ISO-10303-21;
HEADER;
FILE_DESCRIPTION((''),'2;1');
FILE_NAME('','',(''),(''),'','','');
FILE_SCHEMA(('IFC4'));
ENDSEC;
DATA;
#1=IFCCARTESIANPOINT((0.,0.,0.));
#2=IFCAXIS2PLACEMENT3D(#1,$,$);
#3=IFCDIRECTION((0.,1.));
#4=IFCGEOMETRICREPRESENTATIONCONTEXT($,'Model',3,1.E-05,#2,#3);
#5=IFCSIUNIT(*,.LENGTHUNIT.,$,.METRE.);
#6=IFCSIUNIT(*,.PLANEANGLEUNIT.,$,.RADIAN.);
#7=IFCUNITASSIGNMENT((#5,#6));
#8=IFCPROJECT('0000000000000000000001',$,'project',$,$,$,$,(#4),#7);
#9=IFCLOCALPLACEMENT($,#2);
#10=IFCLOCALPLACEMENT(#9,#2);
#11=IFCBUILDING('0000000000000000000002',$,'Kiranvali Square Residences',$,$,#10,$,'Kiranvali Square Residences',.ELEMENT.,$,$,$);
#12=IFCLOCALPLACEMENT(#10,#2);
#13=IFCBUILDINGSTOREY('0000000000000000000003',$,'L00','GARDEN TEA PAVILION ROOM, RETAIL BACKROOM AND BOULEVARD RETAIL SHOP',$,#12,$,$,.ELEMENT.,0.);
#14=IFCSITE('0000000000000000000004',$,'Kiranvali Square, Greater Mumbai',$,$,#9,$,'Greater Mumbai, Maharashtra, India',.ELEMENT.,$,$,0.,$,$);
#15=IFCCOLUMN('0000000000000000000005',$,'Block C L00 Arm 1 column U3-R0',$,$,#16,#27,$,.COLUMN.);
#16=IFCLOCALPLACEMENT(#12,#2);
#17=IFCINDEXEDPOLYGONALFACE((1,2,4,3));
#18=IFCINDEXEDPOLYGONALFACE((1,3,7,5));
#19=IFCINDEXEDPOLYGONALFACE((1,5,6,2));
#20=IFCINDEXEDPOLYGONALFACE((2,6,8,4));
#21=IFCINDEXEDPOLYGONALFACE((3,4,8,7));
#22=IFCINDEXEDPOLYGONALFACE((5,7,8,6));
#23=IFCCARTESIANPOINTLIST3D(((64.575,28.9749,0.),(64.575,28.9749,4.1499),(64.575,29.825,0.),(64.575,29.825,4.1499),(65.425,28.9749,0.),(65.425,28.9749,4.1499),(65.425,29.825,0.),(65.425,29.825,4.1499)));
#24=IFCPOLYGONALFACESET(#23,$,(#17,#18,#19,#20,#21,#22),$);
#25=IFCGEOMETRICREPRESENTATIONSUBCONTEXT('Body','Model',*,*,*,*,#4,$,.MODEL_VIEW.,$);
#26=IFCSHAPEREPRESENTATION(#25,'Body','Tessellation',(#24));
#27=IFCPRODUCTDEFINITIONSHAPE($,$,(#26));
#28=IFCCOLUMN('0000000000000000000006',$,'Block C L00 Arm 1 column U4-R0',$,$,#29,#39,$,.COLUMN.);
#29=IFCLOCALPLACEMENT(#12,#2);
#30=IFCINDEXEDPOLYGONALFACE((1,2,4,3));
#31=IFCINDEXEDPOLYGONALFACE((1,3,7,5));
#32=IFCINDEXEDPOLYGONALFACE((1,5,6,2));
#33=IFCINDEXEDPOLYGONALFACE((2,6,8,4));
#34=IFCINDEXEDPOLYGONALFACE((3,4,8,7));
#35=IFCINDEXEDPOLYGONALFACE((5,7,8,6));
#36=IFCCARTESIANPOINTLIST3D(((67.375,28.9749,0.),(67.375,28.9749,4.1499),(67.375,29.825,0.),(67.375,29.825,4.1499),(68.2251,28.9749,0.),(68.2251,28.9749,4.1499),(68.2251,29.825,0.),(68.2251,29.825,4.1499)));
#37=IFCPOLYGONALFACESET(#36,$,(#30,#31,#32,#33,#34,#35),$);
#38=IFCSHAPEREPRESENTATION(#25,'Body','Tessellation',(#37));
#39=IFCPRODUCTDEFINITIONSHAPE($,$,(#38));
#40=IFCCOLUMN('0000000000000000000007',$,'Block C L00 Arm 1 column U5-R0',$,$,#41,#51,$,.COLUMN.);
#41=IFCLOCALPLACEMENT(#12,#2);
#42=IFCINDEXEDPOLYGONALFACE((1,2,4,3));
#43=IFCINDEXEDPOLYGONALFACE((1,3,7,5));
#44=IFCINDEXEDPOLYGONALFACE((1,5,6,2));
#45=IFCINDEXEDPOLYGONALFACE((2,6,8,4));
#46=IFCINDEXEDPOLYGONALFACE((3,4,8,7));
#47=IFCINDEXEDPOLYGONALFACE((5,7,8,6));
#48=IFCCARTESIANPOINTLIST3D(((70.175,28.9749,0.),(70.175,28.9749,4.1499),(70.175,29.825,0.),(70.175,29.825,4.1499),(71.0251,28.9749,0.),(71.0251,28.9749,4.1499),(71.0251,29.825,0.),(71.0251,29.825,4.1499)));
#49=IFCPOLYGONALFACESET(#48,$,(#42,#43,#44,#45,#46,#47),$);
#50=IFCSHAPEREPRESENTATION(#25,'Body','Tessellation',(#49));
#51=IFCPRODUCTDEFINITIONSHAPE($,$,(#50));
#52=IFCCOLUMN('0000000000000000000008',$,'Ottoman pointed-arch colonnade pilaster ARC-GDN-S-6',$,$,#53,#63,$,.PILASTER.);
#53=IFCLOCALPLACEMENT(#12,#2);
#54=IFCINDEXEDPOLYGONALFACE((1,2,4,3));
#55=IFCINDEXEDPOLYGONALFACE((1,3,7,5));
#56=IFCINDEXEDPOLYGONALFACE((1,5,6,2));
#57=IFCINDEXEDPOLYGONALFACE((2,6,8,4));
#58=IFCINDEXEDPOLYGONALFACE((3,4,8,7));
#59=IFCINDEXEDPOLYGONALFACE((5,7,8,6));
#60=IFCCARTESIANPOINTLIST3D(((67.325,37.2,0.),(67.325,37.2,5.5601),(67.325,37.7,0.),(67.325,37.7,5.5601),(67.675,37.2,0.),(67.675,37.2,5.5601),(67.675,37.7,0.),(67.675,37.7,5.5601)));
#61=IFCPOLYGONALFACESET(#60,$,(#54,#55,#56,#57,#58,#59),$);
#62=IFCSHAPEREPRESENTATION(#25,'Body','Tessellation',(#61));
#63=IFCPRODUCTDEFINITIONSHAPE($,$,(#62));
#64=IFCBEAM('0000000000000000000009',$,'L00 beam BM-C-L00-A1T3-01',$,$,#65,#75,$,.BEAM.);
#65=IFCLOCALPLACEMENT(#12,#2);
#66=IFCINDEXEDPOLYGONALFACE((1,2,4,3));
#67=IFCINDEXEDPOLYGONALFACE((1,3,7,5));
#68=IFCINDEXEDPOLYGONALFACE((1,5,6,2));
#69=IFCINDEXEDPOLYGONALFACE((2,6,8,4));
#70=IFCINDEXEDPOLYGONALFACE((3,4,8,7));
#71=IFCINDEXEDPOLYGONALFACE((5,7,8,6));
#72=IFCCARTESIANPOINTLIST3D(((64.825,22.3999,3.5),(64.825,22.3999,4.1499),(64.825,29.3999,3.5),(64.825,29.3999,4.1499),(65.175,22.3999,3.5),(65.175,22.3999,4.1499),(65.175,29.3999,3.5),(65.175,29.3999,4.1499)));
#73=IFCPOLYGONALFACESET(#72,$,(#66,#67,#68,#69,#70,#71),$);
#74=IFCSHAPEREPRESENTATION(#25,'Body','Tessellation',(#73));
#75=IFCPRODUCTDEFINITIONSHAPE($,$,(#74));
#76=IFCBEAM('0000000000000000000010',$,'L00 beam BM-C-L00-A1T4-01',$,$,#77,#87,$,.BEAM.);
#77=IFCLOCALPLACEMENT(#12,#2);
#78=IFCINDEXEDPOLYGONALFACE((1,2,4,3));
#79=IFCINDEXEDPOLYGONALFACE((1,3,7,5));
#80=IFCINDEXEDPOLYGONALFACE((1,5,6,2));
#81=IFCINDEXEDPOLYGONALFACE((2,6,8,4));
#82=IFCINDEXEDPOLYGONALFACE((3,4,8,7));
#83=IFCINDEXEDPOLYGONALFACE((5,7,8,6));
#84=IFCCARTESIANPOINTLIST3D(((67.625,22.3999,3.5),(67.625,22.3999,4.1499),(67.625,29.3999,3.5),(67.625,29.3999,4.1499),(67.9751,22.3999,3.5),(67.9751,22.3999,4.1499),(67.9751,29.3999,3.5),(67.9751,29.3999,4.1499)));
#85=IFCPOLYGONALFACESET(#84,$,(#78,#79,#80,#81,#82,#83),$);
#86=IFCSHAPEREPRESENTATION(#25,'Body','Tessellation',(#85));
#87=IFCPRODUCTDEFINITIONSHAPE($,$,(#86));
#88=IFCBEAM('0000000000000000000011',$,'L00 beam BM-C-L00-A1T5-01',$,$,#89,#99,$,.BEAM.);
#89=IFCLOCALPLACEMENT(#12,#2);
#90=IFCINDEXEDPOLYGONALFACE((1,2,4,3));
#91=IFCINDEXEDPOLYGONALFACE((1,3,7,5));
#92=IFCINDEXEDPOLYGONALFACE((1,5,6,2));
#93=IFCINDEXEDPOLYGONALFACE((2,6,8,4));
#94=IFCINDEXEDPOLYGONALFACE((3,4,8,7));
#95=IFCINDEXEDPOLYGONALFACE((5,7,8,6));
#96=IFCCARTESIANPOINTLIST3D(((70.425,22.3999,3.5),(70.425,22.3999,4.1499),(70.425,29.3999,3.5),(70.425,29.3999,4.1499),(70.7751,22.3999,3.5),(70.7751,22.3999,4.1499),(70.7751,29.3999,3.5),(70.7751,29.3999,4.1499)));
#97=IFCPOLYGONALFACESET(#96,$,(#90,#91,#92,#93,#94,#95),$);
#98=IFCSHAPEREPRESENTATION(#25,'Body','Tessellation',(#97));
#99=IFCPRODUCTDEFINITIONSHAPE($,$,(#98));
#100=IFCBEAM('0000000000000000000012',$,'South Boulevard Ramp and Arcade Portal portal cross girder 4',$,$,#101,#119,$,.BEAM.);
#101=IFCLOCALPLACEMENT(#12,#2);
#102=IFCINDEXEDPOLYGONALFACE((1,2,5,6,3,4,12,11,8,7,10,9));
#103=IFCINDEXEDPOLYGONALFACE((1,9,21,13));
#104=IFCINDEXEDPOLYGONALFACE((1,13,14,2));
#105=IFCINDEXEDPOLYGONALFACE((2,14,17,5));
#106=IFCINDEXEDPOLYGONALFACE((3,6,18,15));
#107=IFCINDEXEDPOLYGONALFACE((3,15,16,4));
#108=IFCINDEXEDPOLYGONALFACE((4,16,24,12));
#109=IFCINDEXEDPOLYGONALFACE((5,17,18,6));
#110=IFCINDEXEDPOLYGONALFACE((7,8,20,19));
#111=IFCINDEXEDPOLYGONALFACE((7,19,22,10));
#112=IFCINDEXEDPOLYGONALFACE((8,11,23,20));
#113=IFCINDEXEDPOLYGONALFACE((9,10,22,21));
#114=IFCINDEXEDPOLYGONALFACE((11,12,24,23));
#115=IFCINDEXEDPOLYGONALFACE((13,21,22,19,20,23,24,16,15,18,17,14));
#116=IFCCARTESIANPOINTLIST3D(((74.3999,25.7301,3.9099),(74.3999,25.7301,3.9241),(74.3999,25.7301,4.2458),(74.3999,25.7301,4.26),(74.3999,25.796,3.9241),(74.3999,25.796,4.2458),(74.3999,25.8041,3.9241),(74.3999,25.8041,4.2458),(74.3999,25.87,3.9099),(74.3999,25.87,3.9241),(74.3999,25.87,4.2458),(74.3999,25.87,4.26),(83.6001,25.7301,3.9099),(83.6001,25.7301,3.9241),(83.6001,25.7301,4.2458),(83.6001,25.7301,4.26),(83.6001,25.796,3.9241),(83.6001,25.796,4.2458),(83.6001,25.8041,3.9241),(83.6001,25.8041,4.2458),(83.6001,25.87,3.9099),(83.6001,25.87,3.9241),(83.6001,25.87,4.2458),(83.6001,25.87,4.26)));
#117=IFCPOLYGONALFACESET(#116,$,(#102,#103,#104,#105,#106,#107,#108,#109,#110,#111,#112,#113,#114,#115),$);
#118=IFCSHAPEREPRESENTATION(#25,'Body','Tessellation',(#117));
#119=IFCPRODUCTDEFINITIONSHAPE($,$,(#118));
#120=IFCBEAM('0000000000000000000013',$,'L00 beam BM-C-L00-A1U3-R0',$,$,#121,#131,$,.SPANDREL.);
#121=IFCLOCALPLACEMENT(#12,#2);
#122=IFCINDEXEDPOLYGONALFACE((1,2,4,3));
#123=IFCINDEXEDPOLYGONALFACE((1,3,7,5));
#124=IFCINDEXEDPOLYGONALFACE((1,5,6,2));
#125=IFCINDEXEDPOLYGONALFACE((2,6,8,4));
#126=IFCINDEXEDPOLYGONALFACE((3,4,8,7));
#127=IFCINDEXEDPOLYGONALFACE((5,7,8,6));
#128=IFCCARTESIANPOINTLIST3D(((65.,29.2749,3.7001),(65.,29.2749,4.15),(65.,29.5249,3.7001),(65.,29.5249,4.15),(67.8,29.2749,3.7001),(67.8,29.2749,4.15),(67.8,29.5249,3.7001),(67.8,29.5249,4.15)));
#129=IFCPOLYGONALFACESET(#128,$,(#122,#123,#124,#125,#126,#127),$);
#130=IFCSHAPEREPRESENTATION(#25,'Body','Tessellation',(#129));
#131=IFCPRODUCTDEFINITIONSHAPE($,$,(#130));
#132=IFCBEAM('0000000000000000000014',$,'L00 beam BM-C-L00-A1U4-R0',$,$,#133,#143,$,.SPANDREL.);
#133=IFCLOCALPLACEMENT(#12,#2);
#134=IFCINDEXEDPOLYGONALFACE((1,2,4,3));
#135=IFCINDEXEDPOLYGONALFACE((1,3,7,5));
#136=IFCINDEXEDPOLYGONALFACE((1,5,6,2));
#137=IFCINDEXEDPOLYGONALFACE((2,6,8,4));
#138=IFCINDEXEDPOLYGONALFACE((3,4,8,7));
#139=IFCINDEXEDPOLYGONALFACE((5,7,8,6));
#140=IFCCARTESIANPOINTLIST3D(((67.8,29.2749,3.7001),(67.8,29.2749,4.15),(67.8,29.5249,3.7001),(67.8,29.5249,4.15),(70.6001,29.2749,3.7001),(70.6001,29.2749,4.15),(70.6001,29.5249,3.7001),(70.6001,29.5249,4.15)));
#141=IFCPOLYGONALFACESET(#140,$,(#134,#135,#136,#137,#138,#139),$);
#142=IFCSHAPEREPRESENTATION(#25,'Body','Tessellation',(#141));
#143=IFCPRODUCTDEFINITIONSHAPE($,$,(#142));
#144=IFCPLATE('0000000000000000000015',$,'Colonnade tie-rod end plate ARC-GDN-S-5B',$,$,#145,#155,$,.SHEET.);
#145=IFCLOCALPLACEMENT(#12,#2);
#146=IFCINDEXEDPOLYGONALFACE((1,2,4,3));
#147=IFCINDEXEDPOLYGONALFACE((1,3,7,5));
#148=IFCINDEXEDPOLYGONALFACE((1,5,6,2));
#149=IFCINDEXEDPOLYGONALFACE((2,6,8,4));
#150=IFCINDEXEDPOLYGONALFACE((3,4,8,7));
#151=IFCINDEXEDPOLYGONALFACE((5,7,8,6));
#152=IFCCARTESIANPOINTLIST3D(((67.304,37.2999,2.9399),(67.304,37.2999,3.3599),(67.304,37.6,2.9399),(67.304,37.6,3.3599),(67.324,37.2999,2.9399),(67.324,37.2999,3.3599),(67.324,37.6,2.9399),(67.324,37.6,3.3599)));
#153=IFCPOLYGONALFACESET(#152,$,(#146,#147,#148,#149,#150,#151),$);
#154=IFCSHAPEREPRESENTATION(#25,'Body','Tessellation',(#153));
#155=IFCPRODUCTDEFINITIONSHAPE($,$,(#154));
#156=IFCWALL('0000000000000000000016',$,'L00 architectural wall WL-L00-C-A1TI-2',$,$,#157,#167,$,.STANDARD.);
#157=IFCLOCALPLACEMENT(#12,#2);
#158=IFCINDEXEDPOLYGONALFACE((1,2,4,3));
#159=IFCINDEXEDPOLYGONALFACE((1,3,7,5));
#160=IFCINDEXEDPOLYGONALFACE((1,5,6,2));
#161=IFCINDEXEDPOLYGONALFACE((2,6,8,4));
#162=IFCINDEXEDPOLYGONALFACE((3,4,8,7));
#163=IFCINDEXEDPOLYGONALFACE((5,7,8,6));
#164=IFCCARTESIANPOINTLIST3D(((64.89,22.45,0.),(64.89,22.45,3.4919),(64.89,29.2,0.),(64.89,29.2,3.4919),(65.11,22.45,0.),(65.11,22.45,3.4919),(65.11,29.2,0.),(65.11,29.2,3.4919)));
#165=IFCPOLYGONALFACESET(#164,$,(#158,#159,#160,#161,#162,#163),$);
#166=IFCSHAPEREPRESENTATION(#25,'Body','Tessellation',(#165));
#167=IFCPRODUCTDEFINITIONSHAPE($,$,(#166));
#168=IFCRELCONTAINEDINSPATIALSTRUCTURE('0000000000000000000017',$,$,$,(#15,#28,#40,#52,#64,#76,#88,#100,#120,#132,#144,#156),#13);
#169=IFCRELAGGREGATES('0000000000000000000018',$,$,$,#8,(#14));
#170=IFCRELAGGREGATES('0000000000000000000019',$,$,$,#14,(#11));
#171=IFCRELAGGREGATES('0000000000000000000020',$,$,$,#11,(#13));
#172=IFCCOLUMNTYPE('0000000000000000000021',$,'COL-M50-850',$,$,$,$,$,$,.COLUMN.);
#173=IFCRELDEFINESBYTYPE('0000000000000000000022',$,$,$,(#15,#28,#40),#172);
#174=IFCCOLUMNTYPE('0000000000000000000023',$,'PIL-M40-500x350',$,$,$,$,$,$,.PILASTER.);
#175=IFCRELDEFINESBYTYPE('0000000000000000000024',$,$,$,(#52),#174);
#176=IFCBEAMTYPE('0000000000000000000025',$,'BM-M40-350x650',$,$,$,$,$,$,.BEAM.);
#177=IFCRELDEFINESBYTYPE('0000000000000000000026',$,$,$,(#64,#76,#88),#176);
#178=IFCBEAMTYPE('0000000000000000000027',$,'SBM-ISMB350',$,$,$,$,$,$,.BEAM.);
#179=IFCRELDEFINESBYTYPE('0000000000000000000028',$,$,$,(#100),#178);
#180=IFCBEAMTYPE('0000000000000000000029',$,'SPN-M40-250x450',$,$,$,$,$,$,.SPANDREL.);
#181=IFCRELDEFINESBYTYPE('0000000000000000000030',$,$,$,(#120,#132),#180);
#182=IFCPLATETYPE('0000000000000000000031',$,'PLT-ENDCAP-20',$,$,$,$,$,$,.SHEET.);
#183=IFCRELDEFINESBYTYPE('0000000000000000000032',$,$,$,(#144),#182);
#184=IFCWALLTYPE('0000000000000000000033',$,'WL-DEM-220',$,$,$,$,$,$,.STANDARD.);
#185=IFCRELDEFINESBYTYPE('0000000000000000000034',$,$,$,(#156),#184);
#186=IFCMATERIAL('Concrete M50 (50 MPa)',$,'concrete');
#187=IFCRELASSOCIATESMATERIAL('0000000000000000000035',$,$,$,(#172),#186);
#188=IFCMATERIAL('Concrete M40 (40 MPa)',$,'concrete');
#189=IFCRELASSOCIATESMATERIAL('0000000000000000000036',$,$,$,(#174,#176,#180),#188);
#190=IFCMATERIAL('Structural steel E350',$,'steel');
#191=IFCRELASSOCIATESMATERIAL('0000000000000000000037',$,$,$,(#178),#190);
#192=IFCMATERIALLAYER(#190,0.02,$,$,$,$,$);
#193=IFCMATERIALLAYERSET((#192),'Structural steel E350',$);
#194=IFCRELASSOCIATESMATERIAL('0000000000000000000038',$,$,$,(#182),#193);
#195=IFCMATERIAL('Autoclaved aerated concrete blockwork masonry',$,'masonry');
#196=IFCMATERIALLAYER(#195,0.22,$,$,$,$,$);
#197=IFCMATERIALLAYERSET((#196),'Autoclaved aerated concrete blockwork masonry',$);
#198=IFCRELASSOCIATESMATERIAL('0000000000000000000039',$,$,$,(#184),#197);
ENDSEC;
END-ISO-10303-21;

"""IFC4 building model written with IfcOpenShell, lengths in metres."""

from ifc_helpers import new_model, si_unit, direction, frame, frame_2d, origin, origin_2d, place, context, subcontext, project, spatial, rectangle, i_section, extrude, material, layer, layer_set, material_profile, profile_set, type_object, element, save


model = new_model("IFC4")

# Units and contexts
model_context = context("Model", 3, precision=1e-05, world=origin(), true_north=direction((0.0, 1.0)))
body_context = subcontext(model_context, "Body", "Model", "MODEL_VIEW")
ifc_project = project(units=[si_unit("LENGTHUNIT", "METRE"), si_unit("PLANEANGLEUNIT", "RADIAN")], contexts=[model_context])

# Site, building, storey
site_placement = place(None, origin())
site = spatial("IfcSite", under=ifc_project, at=site_placement, Name="Kiranvali Square, Greater Mumbai", LongName="Greater Mumbai, Maharashtra, India", CompositionType="ELEMENT", RefElevation=0.0)
building_placement = place(site_placement, origin())
building = spatial("IfcBuilding", under=site, at=building_placement, Name="Kiranvali Square Residences", LongName="Kiranvali Square Residences", CompositionType="ELEMENT")
storey_placement = place(building_placement, origin())
storey = spatial("IfcBuildingStorey", under=building, at=storey_placement, Name="L00", Description="GARDEN TEA PAVILION ROOM, RETAIL BACKROOM AND BOULEVARD RETAIL SHOP", CompositionType="ELEMENT", Elevation=0.0)

# Columns
ifc_material_1 = material(Name="Concrete M50 (50 MPa)", Category="concrete")
ifc_material_profile_1 = material_profile(ifc_material_1, rectangle(XDim=0.8501, YDim=0.8501, at=origin_2d()), Name="RC 850x850")
ifc_profile_set_1 = profile_set([ifc_material_profile_1], Name="Concrete M50 (50 MPa)")
column_type_1 = type_object("IfcColumnType", Name="COL-M50-850", PredefinedType="COLUMN", material=ifc_profile_set_1)
for number, where, z_axis, x_axis, name in (
    (1, (65.0, 29.3999, 0.0), (0.0, 0.0, 1.0), (1.0, 0.0, 0.0), "Block C L00 Arm 1 column U3-R0"),
    (2, (67.8, 29.3999, 0.0), (0.0, 0.0, 1.0), (1.0, 0.0, 0.0), "Block C L00 Arm 1 column U4-R0"),
    (3, (70.6001, 29.3999, 0.0), (0.0, 0.0, 1.0), (1.0, 0.0, 0.0), "Block C L00 Arm 1 column U5-R0"),
):
    element("IfcColumn", number, at=place(storey_placement, frame(where, z_axis=z_axis, x_axis=x_axis)), inside=storey, type_object=column_type_1, Name=name, PredefinedType="COLUMN", context=body_context, shape_type="SweptSolid", body=[
        extrude(rectangle(XDim=0.8501, YDim=0.8501, at=origin_2d()), origin(), (0.0, 0.0, 1.0), 4.1499),
    ])
ifc_material_2 = material(Name="Concrete M40 (40 MPa)", Category="concrete")
ifc_material_profile_2 = material_profile(ifc_material_2, rectangle(XDim=0.3501, YDim=0.5, at=origin_2d()), Name="RC 500x350")
ifc_profile_set_2 = profile_set([ifc_material_profile_2], Name="Concrete M40 (40 MPa)")
column_type_2 = type_object("IfcColumnType", Name="PIL-M40-500x350", PredefinedType="PILASTER", material=ifc_profile_set_2)
column_placement = place(storey_placement, frame((67.5, 37.45, 0.0), z_axis=(0.0, 0.0, 1.0), x_axis=(1.0, 0.0, 0.0)))
element("IfcColumn", 4, at=column_placement, inside=storey, type_object=column_type_2, Name="Ottoman pointed-arch colonnade pilaster ARC-GDN-S-6", PredefinedType="PILASTER", context=body_context, shape_type="SweptSolid", body=[
    extrude(rectangle(XDim=0.3501, YDim=0.5, at=origin_2d()), origin(), (0.0, 0.0, 1.0), 5.5601),
])

# Beams
ifc_material_profile_3 = material_profile(ifc_material_2, rectangle(XDim=0.3501, YDim=0.6499, at=origin_2d()), Name="RC 350x650")
ifc_profile_set_3 = profile_set([ifc_material_profile_3], Name="Concrete M40 (40 MPa)")
beam_type_1 = type_object("IfcBeamType", Name="BM-M40-350x650", PredefinedType="BEAM", material=ifc_profile_set_3)
for number, where, z_axis, x_axis, name in (
    (5, (65.0, 29.3999, 3.825), (0.0, -1.0, 0.0), (1.0, 0.0, 0.0), "L00 beam BM-C-L00-A1T3-01"),
    (6, (67.8, 29.3999, 3.825), (0.0, -1.0, 0.0), (1.0, 0.0, 0.0), "L00 beam BM-C-L00-A1T4-01"),
    (7, (70.6001, 29.3999, 3.825), (0.0, -1.0, 0.0), (1.0, 0.0, 0.0), "L00 beam BM-C-L00-A1T5-01"),
):
    element("IfcBeam", number, at=place(storey_placement, frame(where, z_axis=z_axis, x_axis=x_axis)), inside=storey, type_object=beam_type_1, Name=name, PredefinedType="BEAM", context=body_context, shape_type="SweptSolid", body=[
        extrude(rectangle(XDim=0.3501, YDim=0.6499, at=origin_2d()), origin(), (0.0, 0.0, 1.0), 7.0),
    ])
ifc_material_3 = material(Name="Structural steel E350", Category="steel")
ifc_material_profile_4 = material_profile(ifc_material_3, i_section(OverallWidth=0.1399, OverallDepth=0.3501, WebThickness=0.0081, FlangeThickness=0.0142, at=origin_2d()), Name="ISMB 350")
ifc_profile_set_4 = profile_set([ifc_material_profile_4], Name="Structural steel E350")
beam_type_2 = type_object("IfcBeamType", Name="SBM-ISMB350", PredefinedType="BEAM", material=ifc_profile_set_4)
beam_placement = place(storey_placement, frame((74.3999, 25.8, 4.085), z_axis=(1.0, 0.0, 0.0), x_axis=(0.0, 1.0, 0.0)))
element("IfcBeam", 8, at=beam_placement, inside=storey, type_object=beam_type_2, Name="South Boulevard Ramp and Arcade Portal portal cross girder 4", PredefinedType="BEAM", context=body_context, shape_type="SweptSolid", body=[
    extrude(i_section(OverallWidth=0.1399, OverallDepth=0.3501, WebThickness=0.0081, FlangeThickness=0.0142, at=origin_2d()), origin(), (0.0, 0.0, 1.0), 9.2002),
])
ifc_material_profile_5 = material_profile(ifc_material_2, rectangle(XDim=0.25, YDim=0.45, at=origin_2d()), Name="RC 250x450")
ifc_profile_set_5 = profile_set([ifc_material_profile_5], Name="Concrete M40 (40 MPa)")
beam_type_3 = type_object("IfcBeamType", Name="SPN-M40-250x450", PredefinedType="SPANDREL", material=ifc_profile_set_5)
for number, where, z_axis, x_axis, name in (
    (9, (65.0, 29.3999, 3.925), (1.0, 0.0, 0.0), (0.0, 1.0, 0.0), "L00 beam BM-C-L00-A1U3-R0"),
    (10, (67.8, 29.3999, 3.925), (1.0, 0.0, 0.0), (0.0, 1.0, 0.0), "L00 beam BM-C-L00-A1U4-R0"),
):
    element("IfcBeam", number, at=place(storey_placement, frame(where, z_axis=z_axis, x_axis=x_axis)), inside=storey, type_object=beam_type_3, Name=name, PredefinedType="SPANDREL", context=body_context, shape_type="SweptSolid", body=[
        extrude(rectangle(XDim=0.25, YDim=0.45, at=origin_2d()), origin(), (0.0, 0.0, 1.0), 2.8),
    ])

# Plate
ifc_layer_1 = layer(ifc_material_3, 0.02)
ifc_layer_set_1 = layer_set([ifc_layer_1], Name="Structural steel E350")
plate_type = type_object("IfcPlateType", Name="PLT-ENDCAP-20", PredefinedType="SHEET", material=ifc_layer_set_1)
plate_placement = place(storey_placement, frame((67.314, 37.45, 2.9399), z_axis=(0.0, 0.0, 1.0), x_axis=(1.0, 0.0, 0.0)))
element("IfcPlate", 11, at=plate_placement, inside=storey, type_object=plate_type, Name="Colonnade tie-rod end plate ARC-GDN-S-5B", PredefinedType="SHEET", context=body_context, shape_type="SweptSolid", body=[
    extrude(rectangle(XDim=0.02, YDim=0.3, at=origin_2d()), origin(), (0.0, 0.0, 1.0), 0.4199),
])

# Wall
ifc_material_4 = material(Name="Autoclaved aerated concrete blockwork masonry", Category="masonry")
ifc_layer_2 = layer(ifc_material_4, 0.22)
ifc_layer_set_2 = layer_set([ifc_layer_2], Name="Autoclaved aerated concrete blockwork masonry")
wall_type_1 = type_object("IfcWallType", Name="WL-DEM-220", PredefinedType="STANDARD", material=ifc_layer_set_2)
wall_1_placement = place(storey_placement, frame((65.0, 29.2, 0.0), z_axis=(0.0, 0.0, 1.0), x_axis=(0.0, -1.0, 0.0)))
element("IfcWall", 12, at=wall_1_placement, inside=storey, type_object=wall_type_1, Name="L00 architectural wall WL-L00-C-A1TI-2", PredefinedType="STANDARD", context=body_context, shape_type="SweptSolid", body=[
    extrude(rectangle(XDim=6.75, YDim=0.22, at=frame_2d((3.375, 0.0))), origin(), (0.0, 0.0, 1.0), 3.4919),
])

save(model, "model.ifc")
